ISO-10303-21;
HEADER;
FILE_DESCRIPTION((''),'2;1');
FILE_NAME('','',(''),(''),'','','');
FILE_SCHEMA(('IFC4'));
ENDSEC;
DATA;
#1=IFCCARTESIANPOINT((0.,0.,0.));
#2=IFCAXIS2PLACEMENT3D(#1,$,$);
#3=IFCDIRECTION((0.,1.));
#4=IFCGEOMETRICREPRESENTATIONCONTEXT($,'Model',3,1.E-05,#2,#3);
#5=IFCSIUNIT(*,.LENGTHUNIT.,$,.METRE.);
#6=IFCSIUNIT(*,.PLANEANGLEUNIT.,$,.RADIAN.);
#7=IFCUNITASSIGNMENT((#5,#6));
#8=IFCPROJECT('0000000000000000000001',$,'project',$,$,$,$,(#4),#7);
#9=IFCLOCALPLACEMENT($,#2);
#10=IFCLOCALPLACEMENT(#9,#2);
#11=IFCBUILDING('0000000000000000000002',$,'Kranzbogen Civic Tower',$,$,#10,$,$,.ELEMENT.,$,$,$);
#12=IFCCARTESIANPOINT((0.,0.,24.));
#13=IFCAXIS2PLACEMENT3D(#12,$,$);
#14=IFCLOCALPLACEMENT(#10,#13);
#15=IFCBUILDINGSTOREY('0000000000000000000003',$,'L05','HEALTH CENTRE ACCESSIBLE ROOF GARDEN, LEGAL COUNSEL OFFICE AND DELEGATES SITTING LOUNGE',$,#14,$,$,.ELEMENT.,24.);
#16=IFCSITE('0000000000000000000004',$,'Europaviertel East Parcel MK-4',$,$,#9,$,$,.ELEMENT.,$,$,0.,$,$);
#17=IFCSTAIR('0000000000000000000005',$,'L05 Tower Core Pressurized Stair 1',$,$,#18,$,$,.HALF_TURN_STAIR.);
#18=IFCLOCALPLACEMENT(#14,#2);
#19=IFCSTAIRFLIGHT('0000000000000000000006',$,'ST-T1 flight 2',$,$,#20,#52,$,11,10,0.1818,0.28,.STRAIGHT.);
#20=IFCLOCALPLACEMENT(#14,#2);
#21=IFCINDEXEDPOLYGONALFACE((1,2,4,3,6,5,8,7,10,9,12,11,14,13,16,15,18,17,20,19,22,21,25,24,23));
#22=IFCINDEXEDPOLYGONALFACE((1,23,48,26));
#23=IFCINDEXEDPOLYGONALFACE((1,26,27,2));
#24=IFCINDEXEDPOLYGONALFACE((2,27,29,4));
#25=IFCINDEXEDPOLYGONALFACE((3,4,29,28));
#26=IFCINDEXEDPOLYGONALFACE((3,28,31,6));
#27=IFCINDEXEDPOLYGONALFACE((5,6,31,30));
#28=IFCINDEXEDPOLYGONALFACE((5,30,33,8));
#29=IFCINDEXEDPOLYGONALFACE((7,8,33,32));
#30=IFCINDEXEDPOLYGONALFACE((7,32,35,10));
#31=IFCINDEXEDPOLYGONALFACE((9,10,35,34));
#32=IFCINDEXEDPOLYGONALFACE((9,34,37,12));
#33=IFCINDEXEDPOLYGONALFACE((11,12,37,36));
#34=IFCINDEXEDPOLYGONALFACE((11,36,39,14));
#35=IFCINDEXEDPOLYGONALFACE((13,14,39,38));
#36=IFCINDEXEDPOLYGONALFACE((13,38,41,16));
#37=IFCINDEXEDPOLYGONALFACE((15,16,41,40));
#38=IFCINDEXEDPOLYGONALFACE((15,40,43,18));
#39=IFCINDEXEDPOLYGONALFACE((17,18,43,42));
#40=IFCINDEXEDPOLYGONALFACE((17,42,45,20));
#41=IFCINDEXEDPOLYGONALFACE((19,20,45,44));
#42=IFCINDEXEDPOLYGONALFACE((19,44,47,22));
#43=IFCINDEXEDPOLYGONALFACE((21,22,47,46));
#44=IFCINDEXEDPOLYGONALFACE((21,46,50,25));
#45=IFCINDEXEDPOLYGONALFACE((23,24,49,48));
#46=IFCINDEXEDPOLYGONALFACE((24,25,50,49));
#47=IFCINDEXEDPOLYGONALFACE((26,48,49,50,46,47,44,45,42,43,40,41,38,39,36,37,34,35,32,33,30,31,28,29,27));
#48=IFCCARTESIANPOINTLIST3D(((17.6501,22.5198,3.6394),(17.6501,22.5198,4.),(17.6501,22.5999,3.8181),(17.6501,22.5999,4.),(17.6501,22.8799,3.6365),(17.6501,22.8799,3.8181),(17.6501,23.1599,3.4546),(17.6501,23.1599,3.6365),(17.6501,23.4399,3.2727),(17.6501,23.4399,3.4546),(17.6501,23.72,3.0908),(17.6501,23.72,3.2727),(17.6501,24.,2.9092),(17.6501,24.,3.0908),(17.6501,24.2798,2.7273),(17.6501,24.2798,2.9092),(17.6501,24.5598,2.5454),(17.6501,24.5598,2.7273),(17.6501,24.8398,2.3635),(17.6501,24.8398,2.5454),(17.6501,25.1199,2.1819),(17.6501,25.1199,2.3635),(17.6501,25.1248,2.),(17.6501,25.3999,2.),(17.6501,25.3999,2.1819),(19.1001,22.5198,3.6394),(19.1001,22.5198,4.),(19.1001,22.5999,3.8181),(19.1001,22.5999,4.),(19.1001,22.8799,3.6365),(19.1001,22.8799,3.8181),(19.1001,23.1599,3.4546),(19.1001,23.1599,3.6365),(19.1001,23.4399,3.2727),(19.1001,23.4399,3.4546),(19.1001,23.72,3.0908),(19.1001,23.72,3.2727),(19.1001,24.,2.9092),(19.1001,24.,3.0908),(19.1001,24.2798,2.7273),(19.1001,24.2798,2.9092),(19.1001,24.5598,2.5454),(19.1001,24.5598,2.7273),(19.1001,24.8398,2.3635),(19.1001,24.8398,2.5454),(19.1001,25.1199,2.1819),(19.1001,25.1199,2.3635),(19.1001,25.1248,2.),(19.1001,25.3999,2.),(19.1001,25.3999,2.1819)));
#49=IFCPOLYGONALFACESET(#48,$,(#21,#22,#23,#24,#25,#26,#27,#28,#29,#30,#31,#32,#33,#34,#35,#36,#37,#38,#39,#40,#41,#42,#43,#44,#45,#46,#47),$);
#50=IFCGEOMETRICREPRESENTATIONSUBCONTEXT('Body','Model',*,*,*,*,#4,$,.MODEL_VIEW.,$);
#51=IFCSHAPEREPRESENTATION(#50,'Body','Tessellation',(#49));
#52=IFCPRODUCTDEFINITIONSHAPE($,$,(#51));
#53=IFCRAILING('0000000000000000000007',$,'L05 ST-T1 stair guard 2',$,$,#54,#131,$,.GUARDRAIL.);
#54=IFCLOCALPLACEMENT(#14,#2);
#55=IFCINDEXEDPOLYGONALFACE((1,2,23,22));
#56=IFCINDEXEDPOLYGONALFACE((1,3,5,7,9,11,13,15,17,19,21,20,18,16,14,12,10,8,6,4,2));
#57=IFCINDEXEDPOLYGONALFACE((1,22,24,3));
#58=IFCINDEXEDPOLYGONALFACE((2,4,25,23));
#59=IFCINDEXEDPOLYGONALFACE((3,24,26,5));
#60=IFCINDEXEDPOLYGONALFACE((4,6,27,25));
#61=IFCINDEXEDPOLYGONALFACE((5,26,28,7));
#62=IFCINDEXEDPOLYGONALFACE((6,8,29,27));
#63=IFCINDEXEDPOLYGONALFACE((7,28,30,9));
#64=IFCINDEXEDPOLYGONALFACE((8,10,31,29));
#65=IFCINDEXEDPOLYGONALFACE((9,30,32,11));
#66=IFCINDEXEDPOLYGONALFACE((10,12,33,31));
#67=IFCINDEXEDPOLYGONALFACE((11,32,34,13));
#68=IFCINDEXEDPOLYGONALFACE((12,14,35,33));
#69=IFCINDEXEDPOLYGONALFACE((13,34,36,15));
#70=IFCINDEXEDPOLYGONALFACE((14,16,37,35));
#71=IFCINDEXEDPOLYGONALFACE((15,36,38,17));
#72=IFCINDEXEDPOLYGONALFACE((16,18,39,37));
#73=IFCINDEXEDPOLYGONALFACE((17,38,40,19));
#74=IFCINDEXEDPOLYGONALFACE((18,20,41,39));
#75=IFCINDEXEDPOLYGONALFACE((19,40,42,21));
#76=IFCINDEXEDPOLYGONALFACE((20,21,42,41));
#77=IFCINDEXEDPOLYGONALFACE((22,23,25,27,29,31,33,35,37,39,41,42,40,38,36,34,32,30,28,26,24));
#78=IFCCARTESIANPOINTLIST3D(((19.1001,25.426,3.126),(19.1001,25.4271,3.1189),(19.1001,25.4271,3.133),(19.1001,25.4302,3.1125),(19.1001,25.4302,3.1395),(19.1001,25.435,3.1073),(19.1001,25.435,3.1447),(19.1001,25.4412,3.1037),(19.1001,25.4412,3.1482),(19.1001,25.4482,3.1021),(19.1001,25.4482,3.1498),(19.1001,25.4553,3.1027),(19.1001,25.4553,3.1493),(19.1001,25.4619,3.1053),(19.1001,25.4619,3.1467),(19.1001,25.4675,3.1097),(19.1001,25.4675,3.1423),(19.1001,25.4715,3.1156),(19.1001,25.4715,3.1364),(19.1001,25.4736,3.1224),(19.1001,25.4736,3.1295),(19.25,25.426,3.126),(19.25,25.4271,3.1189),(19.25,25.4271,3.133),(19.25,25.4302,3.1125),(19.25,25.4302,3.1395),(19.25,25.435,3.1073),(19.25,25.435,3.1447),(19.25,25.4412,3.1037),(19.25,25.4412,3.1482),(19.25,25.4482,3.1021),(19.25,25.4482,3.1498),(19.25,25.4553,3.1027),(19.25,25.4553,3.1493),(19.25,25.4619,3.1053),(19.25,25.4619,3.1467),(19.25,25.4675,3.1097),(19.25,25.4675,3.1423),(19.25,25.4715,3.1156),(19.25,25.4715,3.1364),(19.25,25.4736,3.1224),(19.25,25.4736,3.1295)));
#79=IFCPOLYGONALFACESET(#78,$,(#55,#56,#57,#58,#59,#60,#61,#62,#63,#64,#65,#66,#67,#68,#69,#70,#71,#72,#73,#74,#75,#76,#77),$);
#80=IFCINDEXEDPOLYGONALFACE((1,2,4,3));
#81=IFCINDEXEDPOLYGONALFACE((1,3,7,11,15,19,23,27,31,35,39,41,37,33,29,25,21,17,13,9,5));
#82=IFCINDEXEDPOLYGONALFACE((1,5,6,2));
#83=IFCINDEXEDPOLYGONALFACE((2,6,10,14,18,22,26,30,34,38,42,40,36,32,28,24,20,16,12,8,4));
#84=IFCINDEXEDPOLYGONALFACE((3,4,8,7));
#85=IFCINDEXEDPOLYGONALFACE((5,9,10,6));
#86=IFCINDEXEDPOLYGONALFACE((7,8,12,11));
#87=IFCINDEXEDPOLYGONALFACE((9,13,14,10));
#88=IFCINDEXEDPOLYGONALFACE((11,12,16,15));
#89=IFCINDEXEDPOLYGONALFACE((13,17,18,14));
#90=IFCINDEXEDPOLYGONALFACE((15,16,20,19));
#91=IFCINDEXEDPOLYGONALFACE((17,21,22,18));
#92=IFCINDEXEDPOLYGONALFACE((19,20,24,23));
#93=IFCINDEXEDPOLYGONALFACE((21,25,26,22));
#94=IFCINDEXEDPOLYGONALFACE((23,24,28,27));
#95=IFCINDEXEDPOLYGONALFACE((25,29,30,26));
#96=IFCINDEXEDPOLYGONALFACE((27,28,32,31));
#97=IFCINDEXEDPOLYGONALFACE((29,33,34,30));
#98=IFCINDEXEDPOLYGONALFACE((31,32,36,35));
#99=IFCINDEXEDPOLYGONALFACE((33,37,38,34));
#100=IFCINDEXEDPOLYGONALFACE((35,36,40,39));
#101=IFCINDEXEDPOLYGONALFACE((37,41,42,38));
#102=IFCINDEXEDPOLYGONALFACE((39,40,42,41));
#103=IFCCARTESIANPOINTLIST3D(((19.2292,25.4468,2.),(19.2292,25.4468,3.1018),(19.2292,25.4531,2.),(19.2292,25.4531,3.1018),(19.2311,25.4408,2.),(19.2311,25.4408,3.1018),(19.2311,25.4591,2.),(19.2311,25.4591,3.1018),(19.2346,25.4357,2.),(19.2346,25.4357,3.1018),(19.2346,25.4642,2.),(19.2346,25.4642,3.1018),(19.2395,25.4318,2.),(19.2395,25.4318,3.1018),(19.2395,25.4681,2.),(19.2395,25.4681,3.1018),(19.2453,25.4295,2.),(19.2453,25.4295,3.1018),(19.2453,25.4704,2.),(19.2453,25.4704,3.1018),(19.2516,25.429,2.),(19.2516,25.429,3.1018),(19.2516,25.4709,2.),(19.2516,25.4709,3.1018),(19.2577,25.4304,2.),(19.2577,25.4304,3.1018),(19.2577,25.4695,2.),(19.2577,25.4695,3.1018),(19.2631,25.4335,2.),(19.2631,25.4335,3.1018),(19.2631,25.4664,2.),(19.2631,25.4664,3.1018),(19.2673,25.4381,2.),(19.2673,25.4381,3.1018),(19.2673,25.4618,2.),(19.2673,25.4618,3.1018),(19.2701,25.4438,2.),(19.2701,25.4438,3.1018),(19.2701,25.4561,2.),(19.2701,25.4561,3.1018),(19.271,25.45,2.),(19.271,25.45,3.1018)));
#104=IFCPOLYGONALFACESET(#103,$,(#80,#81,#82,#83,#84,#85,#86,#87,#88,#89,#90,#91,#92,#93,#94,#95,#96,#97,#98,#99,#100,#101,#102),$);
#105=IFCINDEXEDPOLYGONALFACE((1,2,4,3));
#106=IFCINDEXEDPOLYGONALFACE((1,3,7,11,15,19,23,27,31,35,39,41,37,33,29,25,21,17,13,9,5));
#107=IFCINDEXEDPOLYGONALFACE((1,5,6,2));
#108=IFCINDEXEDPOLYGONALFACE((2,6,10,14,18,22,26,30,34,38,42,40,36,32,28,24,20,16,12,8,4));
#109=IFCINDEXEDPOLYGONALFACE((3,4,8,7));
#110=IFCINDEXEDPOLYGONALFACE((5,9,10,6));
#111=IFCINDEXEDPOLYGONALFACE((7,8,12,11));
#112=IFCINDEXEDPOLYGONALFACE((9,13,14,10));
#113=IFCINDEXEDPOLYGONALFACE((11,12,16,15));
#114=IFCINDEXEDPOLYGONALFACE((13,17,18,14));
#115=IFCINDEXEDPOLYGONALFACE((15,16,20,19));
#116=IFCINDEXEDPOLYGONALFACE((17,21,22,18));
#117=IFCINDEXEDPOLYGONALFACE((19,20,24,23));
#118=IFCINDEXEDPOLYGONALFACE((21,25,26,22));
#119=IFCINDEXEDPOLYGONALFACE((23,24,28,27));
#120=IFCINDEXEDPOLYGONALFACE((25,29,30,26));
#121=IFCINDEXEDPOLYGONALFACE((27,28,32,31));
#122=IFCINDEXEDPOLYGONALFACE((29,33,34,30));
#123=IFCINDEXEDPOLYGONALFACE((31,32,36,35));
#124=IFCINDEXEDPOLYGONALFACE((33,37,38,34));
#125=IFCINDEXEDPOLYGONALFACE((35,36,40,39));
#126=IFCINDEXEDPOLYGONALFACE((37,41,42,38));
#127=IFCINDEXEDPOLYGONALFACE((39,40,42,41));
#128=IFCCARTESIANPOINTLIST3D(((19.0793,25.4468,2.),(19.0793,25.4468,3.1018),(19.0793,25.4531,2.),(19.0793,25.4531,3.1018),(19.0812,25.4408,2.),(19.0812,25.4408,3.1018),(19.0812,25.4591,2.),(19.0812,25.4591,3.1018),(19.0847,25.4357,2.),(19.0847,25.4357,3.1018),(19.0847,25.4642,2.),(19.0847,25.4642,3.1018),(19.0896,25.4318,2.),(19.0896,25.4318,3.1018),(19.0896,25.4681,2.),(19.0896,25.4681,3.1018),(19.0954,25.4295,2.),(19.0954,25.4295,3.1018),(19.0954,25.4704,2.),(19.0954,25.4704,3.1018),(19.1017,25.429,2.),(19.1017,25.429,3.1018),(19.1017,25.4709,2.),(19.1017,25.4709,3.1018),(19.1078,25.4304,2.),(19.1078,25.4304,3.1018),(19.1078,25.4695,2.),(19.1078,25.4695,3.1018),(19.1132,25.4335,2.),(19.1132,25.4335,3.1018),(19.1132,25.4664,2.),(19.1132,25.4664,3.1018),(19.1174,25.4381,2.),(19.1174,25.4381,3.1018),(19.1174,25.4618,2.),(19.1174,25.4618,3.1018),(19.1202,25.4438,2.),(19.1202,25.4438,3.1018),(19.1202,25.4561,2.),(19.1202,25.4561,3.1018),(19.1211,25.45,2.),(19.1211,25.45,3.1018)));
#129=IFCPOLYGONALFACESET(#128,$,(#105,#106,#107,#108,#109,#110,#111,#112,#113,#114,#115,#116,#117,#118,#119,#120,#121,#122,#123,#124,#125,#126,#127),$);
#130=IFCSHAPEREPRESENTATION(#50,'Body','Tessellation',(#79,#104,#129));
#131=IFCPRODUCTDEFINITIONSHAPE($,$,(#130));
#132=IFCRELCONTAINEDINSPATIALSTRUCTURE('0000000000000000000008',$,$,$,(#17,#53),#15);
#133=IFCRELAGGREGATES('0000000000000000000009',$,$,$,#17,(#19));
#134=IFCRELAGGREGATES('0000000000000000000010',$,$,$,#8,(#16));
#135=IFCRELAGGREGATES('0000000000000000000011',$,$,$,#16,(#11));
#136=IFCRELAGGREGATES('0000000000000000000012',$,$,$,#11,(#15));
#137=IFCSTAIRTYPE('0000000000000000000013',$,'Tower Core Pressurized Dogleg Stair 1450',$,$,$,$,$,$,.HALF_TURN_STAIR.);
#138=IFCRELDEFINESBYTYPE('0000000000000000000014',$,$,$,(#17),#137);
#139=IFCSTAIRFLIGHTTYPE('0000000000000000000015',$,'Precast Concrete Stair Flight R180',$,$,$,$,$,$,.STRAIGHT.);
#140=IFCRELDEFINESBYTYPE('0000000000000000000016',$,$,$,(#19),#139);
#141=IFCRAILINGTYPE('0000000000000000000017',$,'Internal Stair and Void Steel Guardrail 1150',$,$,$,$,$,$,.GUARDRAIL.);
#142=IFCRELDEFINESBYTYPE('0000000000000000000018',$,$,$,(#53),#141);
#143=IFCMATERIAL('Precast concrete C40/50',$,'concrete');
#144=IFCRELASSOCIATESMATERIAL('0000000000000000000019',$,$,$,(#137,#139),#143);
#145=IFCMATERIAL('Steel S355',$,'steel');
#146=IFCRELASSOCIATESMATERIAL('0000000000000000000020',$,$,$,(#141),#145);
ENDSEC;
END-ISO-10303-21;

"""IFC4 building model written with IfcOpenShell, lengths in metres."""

from ifc_helpers import new_model, si_unit, direction, frame, origin, origin_2d, place, context, subcontext, project, spatial, polyline, circle, outline, extrude, material, type_object, element, aggregate, save


model = new_model("IFC4")

# Units and contexts
model_context = context("Model", 3, precision=1e-05, world=origin(), true_north=direction((0.0, 1.0)))
body_context = subcontext(model_context, "Body", "Model", "MODEL_VIEW")
ifc_project = project(units=[si_unit("LENGTHUNIT", "METRE"), si_unit("PLANEANGLEUNIT", "RADIAN")], contexts=[model_context])

# Site, building, storey
site_placement = place(None, origin())
site = spatial("IfcSite", under=ifc_project, at=site_placement, Name="Europaviertel East Parcel MK-4", CompositionType="ELEMENT", RefElevation=0.0)
building_placement = place(site_placement, origin())
building = spatial("IfcBuilding", under=site, at=building_placement, Name="Kranzbogen Civic Tower", CompositionType="ELEMENT")
storey_placement = place(building_placement, frame((0.0, 0.0, 24.0)))
storey = spatial("IfcBuildingStorey", under=building, at=storey_placement, Name="L05", Description="HEALTH CENTRE ACCESSIBLE ROOF GARDEN, LEGAL COUNSEL OFFICE AND DELEGATES SITTING LOUNGE", CompositionType="ELEMENT", Elevation=24.0)

# Shared definitions
ifc_material_1 = material(Name="Steel S355", Category="steel")

# Stair, stair flight
ifc_material_2 = material(Name="Precast concrete C40/50", Category="concrete")
stair_type = type_object("IfcStairType", Name="Tower Core Pressurized Dogleg Stair 1450", PredefinedType="HALF_TURN_STAIR", material=ifc_material_2)
stair_placement = place(storey_placement, origin())
stair = element("IfcStair", 1, at=stair_placement, inside=storey, type_object=stair_type, Name="L05 Tower Core Pressurized Stair 1", PredefinedType="HALF_TURN_STAIR")
stair_flight_type = type_object("IfcStairFlightType", Name="Precast Concrete Stair Flight R180", PredefinedType="STRAIGHT", material=ifc_material_2)
stair_flight_placement = place(storey_placement, frame((18.375, 25.3999, 2.0), z_axis=(0.0, 0.0, 1.0), x_axis=(0.0, -1.0, 0.0)))
stair_flight = element("IfcStairFlight", 2, at=stair_flight_placement, type_object=stair_flight_type, Name="ST-T1 flight 2", NumberOfRisers=11, NumberOfTreads=10, PredefinedType="STRAIGHT", RiserHeight=0.1818, TreadLength=0.28, context=body_context, shape_type="SweptSolid", body=[
    extrude(outline(polyline([(0.0, 0.0), (0.0, 0.1819), (0.28, 0.1819), (0.28, 0.3635), (0.5601, 0.3635), (0.5601, 0.5454), (0.8401, 0.5454), (0.8401, 0.7273), (1.1201, 0.7273), (1.1201, 0.9092), (1.3999, 0.9092), (1.3999, 1.0908), (1.6799, 1.0908), (1.6799, 1.2727), (1.96, 1.2727), (1.96, 1.4546), (2.24, 1.4546), (2.24, 1.6365), (2.52, 1.6365), (2.52, 1.8181), (2.8, 1.8181), (2.8, 2.0), (2.8801, 2.0), (2.8801, 1.6394), (0.2751, 0.0), (0.0, 0.0)])), frame((0.0, 0.7251, 0.0), z_axis=(0.0, -1.0, 0.0), x_axis=(1.0, 0.0, 0.0)), (0.0, 0.0, 1.0), 1.45),
])
aggregate(stair, [stair_flight])

# Railing
railing_type_1 = type_object("IfcRailingType", Name="Internal Stair and Void Steel Guardrail 1150", PredefinedType="GUARDRAIL", material=ifc_material_1)
railing_1_placement = place(storey_placement, frame((19.25, 25.45, 2.0)))
element("IfcRailing", 3, at=railing_1_placement, inside=storey, type_object=railing_type_1, Name="L05 ST-T1 stair guard 2", PredefinedType="GUARDRAIL", context=body_context, shape_type="SweptSolid", body=[
    extrude(circle(Radius=0.0239, at=origin_2d()), frame((0.0, 0.0, 1.126), z_axis=(-1.0, 0.0, 0.0), x_axis=(0.0, -1.0, 0.0)), (0.0, 0.0, 1.0), 0.1499),
    extrude(circle(Radius=0.021, at=origin_2d()), origin(), (0.0, 0.0, 1.0), 1.1018),
    extrude(circle(Radius=0.021, at=origin_2d()), frame((-0.1499, 0.0, 0.0)), (0.0, 0.0, 1.0), 1.1018),
])

save(model, "model.ifc")
